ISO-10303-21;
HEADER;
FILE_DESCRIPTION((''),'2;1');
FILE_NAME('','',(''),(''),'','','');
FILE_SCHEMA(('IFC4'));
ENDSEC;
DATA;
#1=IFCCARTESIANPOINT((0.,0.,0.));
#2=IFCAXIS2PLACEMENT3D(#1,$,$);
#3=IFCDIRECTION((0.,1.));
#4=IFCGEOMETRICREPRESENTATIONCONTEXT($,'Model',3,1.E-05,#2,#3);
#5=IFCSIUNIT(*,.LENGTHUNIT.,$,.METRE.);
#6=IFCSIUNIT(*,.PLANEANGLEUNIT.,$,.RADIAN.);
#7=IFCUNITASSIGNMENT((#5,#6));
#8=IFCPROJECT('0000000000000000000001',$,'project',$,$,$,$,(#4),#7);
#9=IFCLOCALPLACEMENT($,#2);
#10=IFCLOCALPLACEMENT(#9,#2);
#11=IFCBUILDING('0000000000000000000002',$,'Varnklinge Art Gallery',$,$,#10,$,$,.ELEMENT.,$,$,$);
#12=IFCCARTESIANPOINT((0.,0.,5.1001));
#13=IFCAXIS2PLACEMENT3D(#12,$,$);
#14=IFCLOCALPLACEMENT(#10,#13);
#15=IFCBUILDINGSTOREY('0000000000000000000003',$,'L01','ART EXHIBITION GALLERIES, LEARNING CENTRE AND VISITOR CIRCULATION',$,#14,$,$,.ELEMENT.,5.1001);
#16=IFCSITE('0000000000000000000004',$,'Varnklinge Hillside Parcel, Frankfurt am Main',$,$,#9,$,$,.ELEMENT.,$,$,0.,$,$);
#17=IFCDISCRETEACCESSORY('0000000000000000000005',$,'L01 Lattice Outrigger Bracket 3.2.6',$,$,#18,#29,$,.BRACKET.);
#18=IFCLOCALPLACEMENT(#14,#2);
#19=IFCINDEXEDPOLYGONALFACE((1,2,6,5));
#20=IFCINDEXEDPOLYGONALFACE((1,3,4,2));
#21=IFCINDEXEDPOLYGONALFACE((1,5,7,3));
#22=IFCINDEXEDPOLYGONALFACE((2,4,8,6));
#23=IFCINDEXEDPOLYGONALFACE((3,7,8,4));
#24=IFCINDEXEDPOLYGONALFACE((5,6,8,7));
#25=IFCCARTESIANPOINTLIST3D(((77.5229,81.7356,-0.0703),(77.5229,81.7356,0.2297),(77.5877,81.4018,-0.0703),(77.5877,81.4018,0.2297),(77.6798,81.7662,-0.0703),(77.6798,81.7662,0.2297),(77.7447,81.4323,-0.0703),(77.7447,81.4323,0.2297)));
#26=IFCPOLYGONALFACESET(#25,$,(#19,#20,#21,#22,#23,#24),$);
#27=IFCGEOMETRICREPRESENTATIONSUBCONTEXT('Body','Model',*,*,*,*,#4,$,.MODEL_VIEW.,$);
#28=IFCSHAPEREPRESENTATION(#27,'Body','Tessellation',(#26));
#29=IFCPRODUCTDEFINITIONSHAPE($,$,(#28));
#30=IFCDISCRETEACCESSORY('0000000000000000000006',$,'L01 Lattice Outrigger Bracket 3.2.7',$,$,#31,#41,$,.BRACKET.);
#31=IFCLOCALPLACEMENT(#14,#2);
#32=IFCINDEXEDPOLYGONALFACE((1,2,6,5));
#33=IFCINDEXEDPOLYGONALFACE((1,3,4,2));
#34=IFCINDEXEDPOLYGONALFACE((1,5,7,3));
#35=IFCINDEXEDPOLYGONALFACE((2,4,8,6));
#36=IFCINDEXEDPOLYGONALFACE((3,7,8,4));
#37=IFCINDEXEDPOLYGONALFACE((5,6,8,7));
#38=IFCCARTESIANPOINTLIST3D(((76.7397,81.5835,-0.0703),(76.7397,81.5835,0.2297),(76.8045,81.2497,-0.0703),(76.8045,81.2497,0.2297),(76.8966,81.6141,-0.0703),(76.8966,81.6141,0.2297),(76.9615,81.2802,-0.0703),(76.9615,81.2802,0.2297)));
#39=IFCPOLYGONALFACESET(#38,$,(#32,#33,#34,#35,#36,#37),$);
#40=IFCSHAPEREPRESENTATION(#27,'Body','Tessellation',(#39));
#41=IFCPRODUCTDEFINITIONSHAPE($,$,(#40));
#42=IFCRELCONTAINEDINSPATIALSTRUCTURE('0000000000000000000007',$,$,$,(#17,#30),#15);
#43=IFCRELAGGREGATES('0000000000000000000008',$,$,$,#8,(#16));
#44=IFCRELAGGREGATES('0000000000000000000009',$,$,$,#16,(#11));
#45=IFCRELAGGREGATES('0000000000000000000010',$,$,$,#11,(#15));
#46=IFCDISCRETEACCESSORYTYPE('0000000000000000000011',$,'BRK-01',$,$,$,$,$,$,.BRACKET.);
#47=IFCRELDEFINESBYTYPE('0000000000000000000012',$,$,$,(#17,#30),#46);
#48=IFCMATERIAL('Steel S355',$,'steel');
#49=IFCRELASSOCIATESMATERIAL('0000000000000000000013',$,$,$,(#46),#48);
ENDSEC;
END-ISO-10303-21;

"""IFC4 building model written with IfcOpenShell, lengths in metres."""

from ifc_helpers import new_model, si_unit, direction, frame, origin, origin_2d, place, context, subcontext, project, spatial, rectangle, extrude, material, type_object, element, save


model = new_model("IFC4")

# Units and contexts
model_context = context("Model", 3, precision=1e-05, world=origin(), true_north=direction((0.0, 1.0)))
body_context = subcontext(model_context, "Body", "Model", "MODEL_VIEW")
ifc_project = project(units=[si_unit("LENGTHUNIT", "METRE"), si_unit("PLANEANGLEUNIT", "RADIAN")], contexts=[model_context])

# Site, building, storey
site_placement = place(None, origin())
site = spatial("IfcSite", under=ifc_project, at=site_placement, Name="Varnklinge Hillside Parcel, Frankfurt am Main", CompositionType="ELEMENT", RefElevation=0.0)
building_placement = place(site_placement, origin())
building = spatial("IfcBuilding", under=site, at=building_placement, Name="Varnklinge Art Gallery", CompositionType="ELEMENT")
storey_placement = place(building_placement, frame((0.0, 0.0, 5.1001)))
storey = spatial("IfcBuildingStorey", under=building, at=storey_placement, Name="L01", Description="ART EXHIBITION GALLERIES, LEARNING CENTRE AND VISITOR CIRCULATION", CompositionType="ELEMENT", Elevation=5.1001)

# Discrete accessories
ifc_material_1 = material(Name="Steel S355", Category="steel")
discrete_accessory_type = type_object("IfcDiscreteAccessoryType", Name="BRK-01", PredefinedType="BRACKET", material=ifc_material_1)
for number, where, z_axis, x_axis, name in (
    (1, (77.6338, 81.584, -0.0703), (0.0, 0.0, 1.0), (-0.981627, -0.190809, 0.0), "L01 Lattice Outrigger Bracket 3.2.6"),
    (2, (76.8506, 81.4319, -0.0703), (0.0, 0.0, 1.0), (-0.981627, -0.190809, 0.0), "L01 Lattice Outrigger Bracket 3.2.7"),
):
    element("IfcDiscreteAccessory", number, at=place(storey_placement, frame(where, z_axis=z_axis, x_axis=x_axis)), inside=storey, type_object=discrete_accessory_type, Name=name, PredefinedType="BRACKET", context=body_context, shape_type="SweptSolid", body=[
        extrude(rectangle(XDim=0.1599, YDim=0.3401, at=origin_2d()), origin(), (0.0, 0.0, 1.0), 0.3),
    ])

save(model, "model.ifc")
